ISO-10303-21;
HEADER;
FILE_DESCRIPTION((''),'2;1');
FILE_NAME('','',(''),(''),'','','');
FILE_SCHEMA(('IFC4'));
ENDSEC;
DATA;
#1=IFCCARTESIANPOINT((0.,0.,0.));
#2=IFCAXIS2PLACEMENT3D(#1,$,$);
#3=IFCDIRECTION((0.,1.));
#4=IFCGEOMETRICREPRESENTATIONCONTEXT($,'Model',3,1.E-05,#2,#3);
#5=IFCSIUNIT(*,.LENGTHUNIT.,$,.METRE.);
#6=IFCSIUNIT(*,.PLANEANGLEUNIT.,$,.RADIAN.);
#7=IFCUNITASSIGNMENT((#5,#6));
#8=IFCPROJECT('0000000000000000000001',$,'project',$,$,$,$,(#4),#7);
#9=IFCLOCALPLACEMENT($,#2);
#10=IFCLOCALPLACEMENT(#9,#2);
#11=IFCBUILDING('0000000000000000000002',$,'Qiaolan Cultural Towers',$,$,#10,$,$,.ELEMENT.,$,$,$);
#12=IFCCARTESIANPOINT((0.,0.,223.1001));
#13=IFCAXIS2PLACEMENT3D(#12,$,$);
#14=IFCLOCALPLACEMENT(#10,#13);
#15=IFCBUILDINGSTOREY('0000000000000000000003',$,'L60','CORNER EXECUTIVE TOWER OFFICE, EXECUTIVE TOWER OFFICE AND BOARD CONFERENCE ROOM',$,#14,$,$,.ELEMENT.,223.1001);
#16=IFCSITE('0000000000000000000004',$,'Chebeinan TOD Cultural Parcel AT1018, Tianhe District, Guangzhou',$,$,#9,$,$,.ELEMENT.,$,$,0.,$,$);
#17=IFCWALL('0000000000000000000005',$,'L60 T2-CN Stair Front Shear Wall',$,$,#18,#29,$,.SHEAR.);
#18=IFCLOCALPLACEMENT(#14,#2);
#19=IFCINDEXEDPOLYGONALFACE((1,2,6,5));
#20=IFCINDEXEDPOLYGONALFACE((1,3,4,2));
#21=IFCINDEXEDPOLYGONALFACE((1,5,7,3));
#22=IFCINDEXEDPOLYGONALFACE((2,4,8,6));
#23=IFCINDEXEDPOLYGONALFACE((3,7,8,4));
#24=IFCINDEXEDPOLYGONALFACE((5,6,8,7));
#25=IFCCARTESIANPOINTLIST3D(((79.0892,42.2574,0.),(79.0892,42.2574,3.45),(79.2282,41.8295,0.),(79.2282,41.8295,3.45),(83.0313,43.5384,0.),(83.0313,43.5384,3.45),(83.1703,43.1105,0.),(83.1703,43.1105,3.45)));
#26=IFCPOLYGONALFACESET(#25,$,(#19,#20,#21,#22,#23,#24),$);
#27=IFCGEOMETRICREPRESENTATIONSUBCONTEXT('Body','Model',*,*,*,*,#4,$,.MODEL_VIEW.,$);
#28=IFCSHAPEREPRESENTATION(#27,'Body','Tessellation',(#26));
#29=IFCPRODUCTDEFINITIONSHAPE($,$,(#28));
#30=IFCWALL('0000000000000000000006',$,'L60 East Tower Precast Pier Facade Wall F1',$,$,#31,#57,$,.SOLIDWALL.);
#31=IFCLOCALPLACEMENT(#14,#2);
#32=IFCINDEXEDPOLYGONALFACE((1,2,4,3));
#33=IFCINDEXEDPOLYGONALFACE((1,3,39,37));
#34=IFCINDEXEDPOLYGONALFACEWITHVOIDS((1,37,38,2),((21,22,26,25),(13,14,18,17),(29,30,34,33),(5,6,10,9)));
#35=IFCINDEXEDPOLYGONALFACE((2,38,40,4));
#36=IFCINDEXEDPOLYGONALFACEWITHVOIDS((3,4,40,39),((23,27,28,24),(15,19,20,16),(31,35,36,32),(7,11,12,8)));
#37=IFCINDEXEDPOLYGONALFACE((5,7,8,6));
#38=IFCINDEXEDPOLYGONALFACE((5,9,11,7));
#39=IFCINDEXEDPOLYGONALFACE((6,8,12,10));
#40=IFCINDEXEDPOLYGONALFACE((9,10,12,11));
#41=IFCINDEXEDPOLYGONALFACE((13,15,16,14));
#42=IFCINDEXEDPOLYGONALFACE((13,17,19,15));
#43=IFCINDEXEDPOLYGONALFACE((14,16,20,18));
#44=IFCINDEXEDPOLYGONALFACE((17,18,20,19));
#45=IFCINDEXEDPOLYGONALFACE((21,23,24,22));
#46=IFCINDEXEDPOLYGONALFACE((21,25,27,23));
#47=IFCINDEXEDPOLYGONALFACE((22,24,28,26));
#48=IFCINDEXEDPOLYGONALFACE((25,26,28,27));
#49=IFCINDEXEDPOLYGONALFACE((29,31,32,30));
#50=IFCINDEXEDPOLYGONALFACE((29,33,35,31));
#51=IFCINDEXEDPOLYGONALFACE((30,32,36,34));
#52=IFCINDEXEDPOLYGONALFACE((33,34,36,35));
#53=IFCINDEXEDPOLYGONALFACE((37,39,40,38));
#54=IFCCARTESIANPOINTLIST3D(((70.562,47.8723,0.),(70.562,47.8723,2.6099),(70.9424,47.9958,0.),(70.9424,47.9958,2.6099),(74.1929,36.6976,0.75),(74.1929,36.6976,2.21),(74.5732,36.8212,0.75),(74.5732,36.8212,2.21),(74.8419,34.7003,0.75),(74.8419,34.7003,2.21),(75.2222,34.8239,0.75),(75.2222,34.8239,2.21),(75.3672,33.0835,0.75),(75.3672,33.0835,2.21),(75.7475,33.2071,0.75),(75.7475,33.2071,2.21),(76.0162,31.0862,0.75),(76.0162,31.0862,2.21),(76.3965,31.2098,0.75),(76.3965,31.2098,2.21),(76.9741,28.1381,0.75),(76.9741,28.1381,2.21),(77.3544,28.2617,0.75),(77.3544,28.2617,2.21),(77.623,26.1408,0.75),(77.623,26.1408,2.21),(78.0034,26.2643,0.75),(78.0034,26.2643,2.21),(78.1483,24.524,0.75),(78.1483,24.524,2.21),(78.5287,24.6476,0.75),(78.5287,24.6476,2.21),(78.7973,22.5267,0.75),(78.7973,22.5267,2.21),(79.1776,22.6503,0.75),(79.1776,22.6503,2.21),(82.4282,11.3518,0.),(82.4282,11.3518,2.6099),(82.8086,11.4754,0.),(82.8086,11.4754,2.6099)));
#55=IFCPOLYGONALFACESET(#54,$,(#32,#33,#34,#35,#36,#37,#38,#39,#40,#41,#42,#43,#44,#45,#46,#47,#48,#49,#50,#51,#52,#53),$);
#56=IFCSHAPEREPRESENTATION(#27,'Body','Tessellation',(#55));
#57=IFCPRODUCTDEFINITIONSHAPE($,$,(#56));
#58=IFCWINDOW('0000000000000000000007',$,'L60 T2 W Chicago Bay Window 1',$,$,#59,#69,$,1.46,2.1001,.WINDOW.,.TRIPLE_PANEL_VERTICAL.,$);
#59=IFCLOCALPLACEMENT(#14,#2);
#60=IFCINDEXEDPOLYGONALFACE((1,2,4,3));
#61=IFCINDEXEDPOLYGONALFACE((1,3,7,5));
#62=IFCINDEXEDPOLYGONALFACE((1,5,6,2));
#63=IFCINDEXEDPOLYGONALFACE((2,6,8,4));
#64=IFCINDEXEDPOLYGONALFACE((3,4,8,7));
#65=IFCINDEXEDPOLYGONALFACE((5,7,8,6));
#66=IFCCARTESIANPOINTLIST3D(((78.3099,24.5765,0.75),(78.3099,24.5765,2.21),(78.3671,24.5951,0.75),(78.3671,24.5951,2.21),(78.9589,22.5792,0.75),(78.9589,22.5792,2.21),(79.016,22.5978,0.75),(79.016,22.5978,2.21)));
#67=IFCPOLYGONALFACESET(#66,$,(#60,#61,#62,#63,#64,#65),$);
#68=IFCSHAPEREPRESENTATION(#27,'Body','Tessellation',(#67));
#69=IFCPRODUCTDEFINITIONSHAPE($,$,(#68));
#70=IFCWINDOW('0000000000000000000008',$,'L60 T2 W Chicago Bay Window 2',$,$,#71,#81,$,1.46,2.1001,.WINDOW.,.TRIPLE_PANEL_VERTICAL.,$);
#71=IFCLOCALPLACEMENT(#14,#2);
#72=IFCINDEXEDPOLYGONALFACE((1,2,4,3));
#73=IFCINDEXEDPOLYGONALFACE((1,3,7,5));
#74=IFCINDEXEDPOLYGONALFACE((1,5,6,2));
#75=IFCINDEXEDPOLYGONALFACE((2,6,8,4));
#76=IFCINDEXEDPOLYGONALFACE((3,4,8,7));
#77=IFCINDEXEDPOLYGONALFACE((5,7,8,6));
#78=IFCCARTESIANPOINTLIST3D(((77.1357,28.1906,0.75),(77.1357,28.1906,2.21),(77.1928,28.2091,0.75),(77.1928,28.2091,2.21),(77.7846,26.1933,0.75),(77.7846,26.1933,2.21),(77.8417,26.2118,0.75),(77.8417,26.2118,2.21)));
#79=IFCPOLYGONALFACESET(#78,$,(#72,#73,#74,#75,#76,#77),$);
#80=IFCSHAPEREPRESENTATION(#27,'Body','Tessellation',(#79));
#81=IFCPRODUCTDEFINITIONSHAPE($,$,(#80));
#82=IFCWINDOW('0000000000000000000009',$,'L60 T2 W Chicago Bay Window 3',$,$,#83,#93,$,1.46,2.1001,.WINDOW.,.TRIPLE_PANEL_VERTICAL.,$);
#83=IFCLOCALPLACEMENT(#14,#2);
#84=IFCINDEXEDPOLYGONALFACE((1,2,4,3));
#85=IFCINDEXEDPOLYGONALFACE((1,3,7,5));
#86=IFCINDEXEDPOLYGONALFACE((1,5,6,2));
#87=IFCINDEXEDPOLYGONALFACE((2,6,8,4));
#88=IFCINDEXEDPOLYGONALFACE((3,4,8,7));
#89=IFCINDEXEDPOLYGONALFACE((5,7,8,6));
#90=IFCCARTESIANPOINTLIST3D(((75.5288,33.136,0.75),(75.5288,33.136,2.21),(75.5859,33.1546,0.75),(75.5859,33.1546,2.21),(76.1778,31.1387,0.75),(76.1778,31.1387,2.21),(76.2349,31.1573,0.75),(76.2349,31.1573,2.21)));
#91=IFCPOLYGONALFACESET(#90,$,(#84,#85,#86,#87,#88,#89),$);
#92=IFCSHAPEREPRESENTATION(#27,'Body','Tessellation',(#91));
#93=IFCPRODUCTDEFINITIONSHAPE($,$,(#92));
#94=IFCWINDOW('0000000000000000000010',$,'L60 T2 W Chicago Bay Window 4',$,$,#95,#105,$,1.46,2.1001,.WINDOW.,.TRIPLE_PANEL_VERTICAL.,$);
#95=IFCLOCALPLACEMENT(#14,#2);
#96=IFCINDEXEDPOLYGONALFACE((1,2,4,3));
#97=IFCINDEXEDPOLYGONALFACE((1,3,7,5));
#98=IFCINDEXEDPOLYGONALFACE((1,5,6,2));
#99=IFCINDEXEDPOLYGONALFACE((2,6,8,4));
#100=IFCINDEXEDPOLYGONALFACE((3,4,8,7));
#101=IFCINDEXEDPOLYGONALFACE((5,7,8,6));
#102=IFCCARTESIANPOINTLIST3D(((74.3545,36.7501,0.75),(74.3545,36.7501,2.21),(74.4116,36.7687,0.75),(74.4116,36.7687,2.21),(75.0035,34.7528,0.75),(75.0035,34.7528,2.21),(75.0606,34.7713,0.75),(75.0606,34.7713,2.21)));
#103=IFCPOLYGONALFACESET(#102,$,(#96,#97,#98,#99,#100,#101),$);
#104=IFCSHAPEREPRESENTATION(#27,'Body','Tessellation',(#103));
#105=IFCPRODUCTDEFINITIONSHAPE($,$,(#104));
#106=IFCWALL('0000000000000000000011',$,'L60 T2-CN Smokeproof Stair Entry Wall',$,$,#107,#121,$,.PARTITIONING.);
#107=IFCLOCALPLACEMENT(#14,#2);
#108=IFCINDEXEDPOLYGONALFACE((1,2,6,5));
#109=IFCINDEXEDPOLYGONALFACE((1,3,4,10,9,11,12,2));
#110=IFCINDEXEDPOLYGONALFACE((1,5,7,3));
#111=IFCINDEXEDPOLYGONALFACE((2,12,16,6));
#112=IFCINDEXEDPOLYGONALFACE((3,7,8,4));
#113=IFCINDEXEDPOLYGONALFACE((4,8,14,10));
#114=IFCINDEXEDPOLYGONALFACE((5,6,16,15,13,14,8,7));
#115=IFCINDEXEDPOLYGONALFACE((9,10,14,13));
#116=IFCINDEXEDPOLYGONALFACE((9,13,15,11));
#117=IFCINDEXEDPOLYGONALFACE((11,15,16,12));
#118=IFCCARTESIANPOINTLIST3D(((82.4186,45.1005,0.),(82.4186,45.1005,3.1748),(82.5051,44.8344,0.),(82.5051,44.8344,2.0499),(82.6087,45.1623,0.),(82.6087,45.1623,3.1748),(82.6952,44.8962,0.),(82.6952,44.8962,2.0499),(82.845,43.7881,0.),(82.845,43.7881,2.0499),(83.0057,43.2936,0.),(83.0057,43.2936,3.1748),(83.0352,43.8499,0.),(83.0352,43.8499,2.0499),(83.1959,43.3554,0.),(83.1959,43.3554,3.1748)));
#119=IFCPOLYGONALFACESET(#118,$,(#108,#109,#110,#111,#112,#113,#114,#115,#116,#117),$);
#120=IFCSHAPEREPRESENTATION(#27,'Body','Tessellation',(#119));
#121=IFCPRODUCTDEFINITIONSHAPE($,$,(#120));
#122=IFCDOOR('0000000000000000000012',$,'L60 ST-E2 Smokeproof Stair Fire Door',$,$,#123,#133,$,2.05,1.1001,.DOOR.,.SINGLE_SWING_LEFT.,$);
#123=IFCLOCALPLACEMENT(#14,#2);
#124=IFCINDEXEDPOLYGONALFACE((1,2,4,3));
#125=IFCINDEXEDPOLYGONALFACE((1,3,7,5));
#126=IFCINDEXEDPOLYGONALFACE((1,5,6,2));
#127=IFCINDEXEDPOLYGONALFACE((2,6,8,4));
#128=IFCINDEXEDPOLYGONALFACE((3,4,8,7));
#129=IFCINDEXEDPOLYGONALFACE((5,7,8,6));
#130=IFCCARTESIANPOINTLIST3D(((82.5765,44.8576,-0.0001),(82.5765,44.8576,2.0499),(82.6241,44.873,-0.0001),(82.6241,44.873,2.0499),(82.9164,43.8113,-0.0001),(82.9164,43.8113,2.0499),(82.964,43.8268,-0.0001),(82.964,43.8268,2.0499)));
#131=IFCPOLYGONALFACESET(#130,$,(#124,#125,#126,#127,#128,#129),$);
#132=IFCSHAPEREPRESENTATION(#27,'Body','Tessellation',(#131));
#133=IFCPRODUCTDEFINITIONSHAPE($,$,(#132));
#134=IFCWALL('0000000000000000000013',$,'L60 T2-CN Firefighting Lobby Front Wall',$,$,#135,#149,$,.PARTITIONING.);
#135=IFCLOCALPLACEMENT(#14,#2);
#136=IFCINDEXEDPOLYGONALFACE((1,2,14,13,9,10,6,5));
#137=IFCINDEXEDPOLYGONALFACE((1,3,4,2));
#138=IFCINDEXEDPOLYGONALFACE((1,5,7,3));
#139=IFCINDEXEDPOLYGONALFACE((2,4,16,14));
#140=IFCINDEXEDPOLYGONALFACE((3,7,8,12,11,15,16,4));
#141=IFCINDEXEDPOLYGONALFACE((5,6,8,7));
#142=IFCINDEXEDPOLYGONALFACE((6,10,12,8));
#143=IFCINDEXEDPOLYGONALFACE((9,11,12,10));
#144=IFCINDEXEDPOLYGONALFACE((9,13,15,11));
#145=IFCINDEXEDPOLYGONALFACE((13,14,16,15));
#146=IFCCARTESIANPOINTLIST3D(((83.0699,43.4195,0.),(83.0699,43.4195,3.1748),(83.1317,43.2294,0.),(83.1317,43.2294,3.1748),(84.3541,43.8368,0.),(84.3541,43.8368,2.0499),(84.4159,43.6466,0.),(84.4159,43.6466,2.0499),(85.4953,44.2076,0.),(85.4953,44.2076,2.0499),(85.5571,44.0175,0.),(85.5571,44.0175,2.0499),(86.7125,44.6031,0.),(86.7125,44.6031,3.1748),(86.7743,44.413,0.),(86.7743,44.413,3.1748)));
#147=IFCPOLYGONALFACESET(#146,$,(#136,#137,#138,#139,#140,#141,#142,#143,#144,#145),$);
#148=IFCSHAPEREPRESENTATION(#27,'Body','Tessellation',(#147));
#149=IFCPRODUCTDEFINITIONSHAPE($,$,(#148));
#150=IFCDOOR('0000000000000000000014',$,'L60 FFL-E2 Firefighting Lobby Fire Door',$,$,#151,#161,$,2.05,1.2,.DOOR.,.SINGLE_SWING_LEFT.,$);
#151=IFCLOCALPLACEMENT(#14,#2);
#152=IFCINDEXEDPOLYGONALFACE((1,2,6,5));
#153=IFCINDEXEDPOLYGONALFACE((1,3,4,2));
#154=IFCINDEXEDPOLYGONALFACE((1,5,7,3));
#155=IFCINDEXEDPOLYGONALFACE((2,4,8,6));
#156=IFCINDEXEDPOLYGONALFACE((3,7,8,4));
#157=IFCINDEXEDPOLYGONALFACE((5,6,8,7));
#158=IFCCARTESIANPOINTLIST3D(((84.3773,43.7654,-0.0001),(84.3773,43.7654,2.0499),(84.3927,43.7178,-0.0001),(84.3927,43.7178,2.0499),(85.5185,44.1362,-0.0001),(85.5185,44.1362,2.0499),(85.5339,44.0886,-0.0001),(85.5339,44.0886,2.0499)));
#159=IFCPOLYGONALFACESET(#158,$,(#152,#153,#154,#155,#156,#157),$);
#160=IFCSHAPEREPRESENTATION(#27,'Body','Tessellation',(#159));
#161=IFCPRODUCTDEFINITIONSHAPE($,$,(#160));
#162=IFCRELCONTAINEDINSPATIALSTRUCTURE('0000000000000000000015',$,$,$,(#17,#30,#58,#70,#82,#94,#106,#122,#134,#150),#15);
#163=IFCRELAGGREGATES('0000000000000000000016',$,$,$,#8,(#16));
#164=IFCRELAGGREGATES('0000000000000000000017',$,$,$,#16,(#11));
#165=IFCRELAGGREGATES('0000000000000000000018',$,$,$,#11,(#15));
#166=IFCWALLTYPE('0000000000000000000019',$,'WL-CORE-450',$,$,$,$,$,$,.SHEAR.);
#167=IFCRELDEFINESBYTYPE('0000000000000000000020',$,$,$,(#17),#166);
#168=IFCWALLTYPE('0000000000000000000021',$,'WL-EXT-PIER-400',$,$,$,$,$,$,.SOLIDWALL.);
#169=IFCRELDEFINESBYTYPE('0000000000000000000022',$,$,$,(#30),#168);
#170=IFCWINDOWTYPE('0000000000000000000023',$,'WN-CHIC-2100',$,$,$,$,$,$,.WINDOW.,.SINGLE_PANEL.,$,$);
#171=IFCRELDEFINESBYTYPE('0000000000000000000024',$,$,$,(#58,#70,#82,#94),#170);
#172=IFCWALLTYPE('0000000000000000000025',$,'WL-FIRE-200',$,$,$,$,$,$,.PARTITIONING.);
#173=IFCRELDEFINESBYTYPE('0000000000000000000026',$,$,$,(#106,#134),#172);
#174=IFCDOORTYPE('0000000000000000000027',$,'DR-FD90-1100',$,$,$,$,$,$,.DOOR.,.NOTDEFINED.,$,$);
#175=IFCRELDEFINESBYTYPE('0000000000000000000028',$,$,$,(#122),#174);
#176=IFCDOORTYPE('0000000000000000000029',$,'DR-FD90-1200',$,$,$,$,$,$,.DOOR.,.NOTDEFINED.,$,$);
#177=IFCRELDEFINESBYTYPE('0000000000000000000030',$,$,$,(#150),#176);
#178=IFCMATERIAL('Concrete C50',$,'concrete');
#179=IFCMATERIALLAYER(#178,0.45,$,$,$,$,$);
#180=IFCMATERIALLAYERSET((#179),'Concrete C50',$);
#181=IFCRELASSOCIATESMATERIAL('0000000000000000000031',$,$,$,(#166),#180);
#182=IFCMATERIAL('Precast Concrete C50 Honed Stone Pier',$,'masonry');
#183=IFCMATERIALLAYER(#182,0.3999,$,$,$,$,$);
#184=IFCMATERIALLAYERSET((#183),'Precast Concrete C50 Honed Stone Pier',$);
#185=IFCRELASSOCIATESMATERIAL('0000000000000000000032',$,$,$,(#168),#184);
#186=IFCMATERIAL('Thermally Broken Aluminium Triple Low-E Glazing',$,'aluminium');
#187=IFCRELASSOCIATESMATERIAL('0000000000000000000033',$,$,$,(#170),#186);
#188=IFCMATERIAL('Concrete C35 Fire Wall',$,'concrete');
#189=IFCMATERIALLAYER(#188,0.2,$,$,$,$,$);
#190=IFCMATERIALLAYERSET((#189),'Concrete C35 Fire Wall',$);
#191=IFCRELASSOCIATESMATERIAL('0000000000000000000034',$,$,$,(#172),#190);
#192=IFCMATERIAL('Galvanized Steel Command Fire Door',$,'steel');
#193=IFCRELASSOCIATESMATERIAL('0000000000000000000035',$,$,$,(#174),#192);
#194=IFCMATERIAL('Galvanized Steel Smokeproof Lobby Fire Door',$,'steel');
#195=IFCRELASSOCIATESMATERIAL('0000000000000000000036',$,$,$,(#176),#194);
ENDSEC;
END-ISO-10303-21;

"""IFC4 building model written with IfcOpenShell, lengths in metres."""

from ifc_helpers import new_model, si_unit, direction, frame, frame_2d, origin, place, context, subcontext, project, spatial, rectangle, extrude, material, layer, layer_set, type_object, element, fill, save


model = new_model("IFC4")

# Units and contexts
model_context = context("Model", 3, precision=1e-05, world=origin(), true_north=direction((0.0, 1.0)))
body_context = subcontext(model_context, "Body", "Model", "MODEL_VIEW")
ifc_project = project(units=[si_unit("LENGTHUNIT", "METRE"), si_unit("PLANEANGLEUNIT", "RADIAN")], contexts=[model_context])

# Site, building, storey
site_placement = place(None, origin())
site = spatial("IfcSite", under=ifc_project, at=site_placement, Name="Chebeinan TOD Cultural Parcel AT1018, Tianhe District, Guangzhou", CompositionType="ELEMENT", RefElevation=0.0)
building_placement = place(site_placement, origin())
building = spatial("IfcBuilding", under=site, at=building_placement, Name="Qiaolan Cultural Towers", CompositionType="ELEMENT")
storey_placement = place(building_placement, frame((0.0, 0.0, 223.1001)))
storey = spatial("IfcBuildingStorey", under=building, at=storey_placement, Name="L60", Description="CORNER EXECUTIVE TOWER OFFICE, EXECUTIVE TOWER OFFICE AND BOARD CONFERENCE ROOM", CompositionType="ELEMENT", Elevation=223.1001)

# Wall
ifc_material_1 = material(Name="Concrete C50", Category="concrete")
ifc_layer_1 = layer(ifc_material_1, 0.45)
ifc_layer_set_1 = layer_set([ifc_layer_1], Name="Concrete C50")
wall_type_1 = type_object("IfcWallType", Name="WL-CORE-450", PredefinedType="SHEAR", material=ifc_layer_set_1)
wall_1_placement = place(storey_placement, frame((79.1587, 42.0435, 0.0), z_axis=(0.0, 0.0, 1.0), x_axis=(0.951047, 0.309045, 0.0)))
element("IfcWall", 1, at=wall_1_placement, inside=storey, type_object=wall_type_1, Name="L60 T2-CN Stair Front Shear Wall", PredefinedType="SHEAR", context=body_context, shape_type="SweptSolid", body=[
    extrude(rectangle(XDim=4.145, YDim=0.45, at=frame_2d((2.0725, 0.0))), origin(), (0.0, 0.0, 1.0), 3.45),
])

# Wall, openings, windows
ifc_material_2 = material(Name="Precast Concrete C50 Honed Stone Pier", Category="masonry")
ifc_layer_2 = layer(ifc_material_2, 0.3999)
ifc_layer_set_2 = layer_set([ifc_layer_2], Name="Precast Concrete C50 Honed Stone Pier")
wall_type_2 = type_object("IfcWallType", Name="WL-EXT-PIER-400", PredefinedType="SOLIDWALL", material=ifc_layer_set_2)
wall_2_placement = place(storey_placement, frame((82.6184, 11.4136, 0.0), z_axis=(0.0, 0.0, 1.0), x_axis=(-0.309016, 0.951057, 0.0)))
wall_2 = element("IfcWall", 2, at=wall_2_placement, inside=storey, type_object=wall_type_2, Name="L60 East Tower Precast Pier Facade Wall F1", PredefinedType="SOLIDWALL", context=body_context, shape_type="SweptSolid", body=[
    extrude(rectangle(XDim=38.3999, YDim=0.3999, at=frame_2d((19.2, 0.0))), origin(), (0.0, 0.0, 1.0), 2.6099),
])
opening_1_placement = place(wall_2_placement, frame((11.75, 0.0, 0.75)))
opening_1 = element("IfcOpeningElement", 3, at=opening_1_placement, cuts=wall_2, PredefinedType="OPENING", context=body_context, shape_type="SweptSolid", body=[
    extrude(rectangle(XDim=2.1001, YDim=1.46, at=frame_2d((1.05, 0.73))), frame((0.0, 0.21, 0.0), z_axis=(0.0, -1.0, 0.0), x_axis=(1.0, 0.0, 0.0)), (0.0, 0.0, 1.0), 0.4199),
])
opening_2_placement = place(wall_2_placement, frame((15.55, 0.0, 0.75)))
opening_2 = element("IfcOpeningElement", 4, at=opening_2_placement, cuts=wall_2, PredefinedType="OPENING", context=body_context, shape_type="SweptSolid", body=[
    extrude(rectangle(XDim=2.1001, YDim=1.46, at=frame_2d((1.05, 0.73))), frame((0.0, 0.21, 0.0), z_axis=(0.0, -1.0, 0.0), x_axis=(1.0, 0.0, 0.0)), (0.0, 0.0, 1.0), 0.4199),
])
opening_3_placement = place(wall_2_placement, frame((20.75, 0.0, 0.75)))
opening_3 = element("IfcOpeningElement", 5, at=opening_3_placement, cuts=wall_2, PredefinedType="OPENING", context=body_context, shape_type="SweptSolid", body=[
    extrude(rectangle(XDim=2.1001, YDim=1.46, at=frame_2d((1.05, 0.73))), frame((0.0, 0.21, 0.0), z_axis=(0.0, -1.0, 0.0), x_axis=(1.0, 0.0, 0.0)), (0.0, 0.0, 1.0), 0.4199),
])
opening_4_placement = place(wall_2_placement, frame((24.55, 0.0, 0.75)))
opening_4 = element("IfcOpeningElement", 6, at=opening_4_placement, cuts=wall_2, PredefinedType="OPENING", context=body_context, shape_type="SweptSolid", body=[
    extrude(rectangle(XDim=2.1001, YDim=1.46, at=frame_2d((1.05, 0.73))), frame((0.0, 0.21, 0.0), z_axis=(0.0, -1.0, 0.0), x_axis=(1.0, 0.0, 0.0)), (0.0, 0.0, 1.0), 0.4199),
])
ifc_material_3 = material(Name="Thermally Broken Aluminium Triple Low-E Glazing", Category="aluminium")
window_type = type_object("IfcWindowType", Name="WN-CHIC-2100", PartitioningType="SINGLE_PANEL", PredefinedType="WINDOW", material=ifc_material_3)
window_1_placement = place(opening_1_placement, origin())
window_1 = element("IfcWindow", 7, at=window_1_placement, inside=storey, type_object=window_type, Name="L60 T2 W Chicago Bay Window 1", OverallHeight=1.46, OverallWidth=2.1001, PartitioningType="TRIPLE_PANEL_VERTICAL", PredefinedType="WINDOW", context=body_context, shape_type="SweptSolid", body=[
    extrude(rectangle(XDim=2.1001, YDim=1.46, at=frame_2d((1.05, 0.73))), frame((0.0, 0.03, 0.0), z_axis=(0.0, -1.0, 0.0), x_axis=(1.0, 0.0, 0.0)), (0.0, 0.0, 1.0), 0.0601),
])
fill(opening_1, window_1)
window_2_placement = place(opening_2_placement, origin())
window_2 = element("IfcWindow", 8, at=window_2_placement, inside=storey, type_object=window_type, Name="L60 T2 W Chicago Bay Window 2", OverallHeight=1.46, OverallWidth=2.1001, PartitioningType="TRIPLE_PANEL_VERTICAL", PredefinedType="WINDOW", context=body_context, shape_type="SweptSolid", body=[
    extrude(rectangle(XDim=2.1001, YDim=1.46, at=frame_2d((1.05, 0.73))), frame((0.0, 0.03, 0.0), z_axis=(0.0, -1.0, 0.0), x_axis=(1.0, 0.0, 0.0)), (0.0, 0.0, 1.0), 0.0601),
])
fill(opening_2, window_2)
window_3_placement = place(opening_3_placement, origin())
window_3 = element("IfcWindow", 9, at=window_3_placement, inside=storey, type_object=window_type, Name="L60 T2 W Chicago Bay Window 3", OverallHeight=1.46, OverallWidth=2.1001, PartitioningType="TRIPLE_PANEL_VERTICAL", PredefinedType="WINDOW", context=body_context, shape_type="SweptSolid", body=[
    extrude(rectangle(XDim=2.1001, YDim=1.46, at=frame_2d((1.05, 0.73))), frame((0.0, 0.03, 0.0), z_axis=(0.0, -1.0, 0.0), x_axis=(1.0, 0.0, 0.0)), (0.0, 0.0, 1.0), 0.0601),
])
fill(opening_3, window_3)
window_4_placement = place(opening_4_placement, origin())
window_4 = element("IfcWindow", 10, at=window_4_placement, inside=storey, type_object=window_type, Name="L60 T2 W Chicago Bay Window 4", OverallHeight=1.46, OverallWidth=2.1001, PartitioningType="TRIPLE_PANEL_VERTICAL", PredefinedType="WINDOW", context=body_context, shape_type="SweptSolid", body=[
    extrude(rectangle(XDim=2.1001, YDim=1.46, at=frame_2d((1.05, 0.73))), frame((0.0, 0.03, 0.0), z_axis=(0.0, -1.0, 0.0), x_axis=(1.0, 0.0, 0.0)), (0.0, 0.0, 1.0), 0.0601),
])
fill(opening_4, window_4)

# Walls, openings, doors
ifc_material_4 = material(Name="Concrete C35 Fire Wall", Category="concrete")
ifc_layer_3 = layer(ifc_material_4, 0.2)
ifc_layer_set_3 = layer_set([ifc_layer_3], Name="Concrete C35 Fire Wall")
wall_type_3 = type_object("IfcWallType", Name="WL-FIRE-200", PredefinedType="PARTITIONING", material=ifc_layer_set_3)
wall_3_placement = place(storey_placement, frame((83.1008, 43.3245, 0.0), z_axis=(0.0, 0.0, 1.0), x_axis=(-0.309048, 0.951046, 0.0)))
wall_3 = element("IfcWall", 11, at=wall_3_placement, inside=storey, type_object=wall_type_3, Name="L60 T2-CN Smokeproof Stair Entry Wall", PredefinedType="PARTITIONING", context=body_context, shape_type="SweptSolid", body=[
    extrude(rectangle(XDim=1.8999, YDim=0.2, at=frame_2d((0.95, 0.0))), origin(), (0.0, 0.0, 1.0), 3.1748),
])
opening_5_placement = place(wall_3_placement, frame((0.52, 0.0, 0.0)))
opening_5 = element("IfcOpeningElement", 12, at=opening_5_placement, cuts=wall_3, PredefinedType="OPENING", context=body_context, shape_type="SweptSolid", body=[
    extrude(rectangle(XDim=1.1001, YDim=2.05, at=frame_2d((0.55, 1.0249))), frame((0.0, 0.1099, 0.0), z_axis=(0.0, -1.0, 0.0), x_axis=(1.0, 0.0, 0.0)), (0.0, 0.0, 1.0), 0.22),
])
ifc_material_5 = material(Name="Galvanized Steel Command Fire Door", Category="steel")
door_type_1 = type_object("IfcDoorType", Name="DR-FD90-1100", OperationType="NOTDEFINED", PredefinedType="DOOR", material=ifc_material_5)
door_1_placement = place(opening_5_placement, origin())
door_1 = element("IfcDoor", 13, at=door_1_placement, inside=storey, type_object=door_type_1, Name="L60 ST-E2 Smokeproof Stair Fire Door", OperationType="SINGLE_SWING_LEFT", OverallHeight=2.05, OverallWidth=1.1001, PredefinedType="DOOR", context=body_context, shape_type="SweptSolid", body=[
    extrude(rectangle(XDim=1.1001, YDim=2.05, at=frame_2d((0.55, 1.0249))), frame((0.0, 0.0249, 0.0), z_axis=(0.0, -1.0, 0.0), x_axis=(1.0, 0.0, 0.0)), (0.0, 0.0, 1.0), 0.05),
])
fill(opening_5, door_1)
wall_4_placement = place(storey_placement, frame((83.1008, 43.3245, 0.0), z_axis=(0.0, 0.0, 1.0), x_axis=(0.951053, 0.309028, 0.0)))
wall_4 = element("IfcWall", 14, at=wall_4_placement, inside=storey, type_object=wall_type_3, Name="L60 T2-CN Firefighting Lobby Front Wall", PredefinedType="PARTITIONING", context=body_context, shape_type="SweptSolid", body=[
    extrude(rectangle(XDim=3.8301, YDim=0.2, at=frame_2d((1.915, 0.0))), origin(), (0.0, 0.0, 1.0), 3.1748),
])
opening_6_placement = place(wall_4_placement, frame((1.3501, 0.0, 0.0)))
opening_6 = element("IfcOpeningElement", 15, at=opening_6_placement, cuts=wall_4, PredefinedType="OPENING", context=body_context, shape_type="SweptSolid", body=[
    extrude(rectangle(XDim=1.2, YDim=2.05, at=frame_2d((0.6001, 1.0249))), frame((0.0, 0.1099, 0.0), z_axis=(0.0, -1.0, 0.0), x_axis=(1.0, 0.0, 0.0)), (0.0, 0.0, 1.0), 0.22),
])
ifc_material_6 = material(Name="Galvanized Steel Smokeproof Lobby Fire Door", Category="steel")
door_type_2 = type_object("IfcDoorType", Name="DR-FD90-1200", OperationType="NOTDEFINED", PredefinedType="DOOR", material=ifc_material_6)
door_2_placement = place(opening_6_placement, origin())
door_2 = element("IfcDoor", 16, at=door_2_placement, inside=storey, type_object=door_type_2, Name="L60 FFL-E2 Firefighting Lobby Fire Door", OperationType="SINGLE_SWING_LEFT", OverallHeight=2.05, OverallWidth=1.2, PredefinedType="DOOR", context=body_context, shape_type="SweptSolid", body=[
    extrude(rectangle(XDim=1.2, YDim=2.05, at=frame_2d((0.6001, 1.0249))), frame((0.0, 0.0249, 0.0), z_axis=(0.0, -1.0, 0.0), x_axis=(1.0, 0.0, 0.0)), (0.0, 0.0, 1.0), 0.05),
])
fill(opening_6, door_2)

save(model, "model.ifc")
